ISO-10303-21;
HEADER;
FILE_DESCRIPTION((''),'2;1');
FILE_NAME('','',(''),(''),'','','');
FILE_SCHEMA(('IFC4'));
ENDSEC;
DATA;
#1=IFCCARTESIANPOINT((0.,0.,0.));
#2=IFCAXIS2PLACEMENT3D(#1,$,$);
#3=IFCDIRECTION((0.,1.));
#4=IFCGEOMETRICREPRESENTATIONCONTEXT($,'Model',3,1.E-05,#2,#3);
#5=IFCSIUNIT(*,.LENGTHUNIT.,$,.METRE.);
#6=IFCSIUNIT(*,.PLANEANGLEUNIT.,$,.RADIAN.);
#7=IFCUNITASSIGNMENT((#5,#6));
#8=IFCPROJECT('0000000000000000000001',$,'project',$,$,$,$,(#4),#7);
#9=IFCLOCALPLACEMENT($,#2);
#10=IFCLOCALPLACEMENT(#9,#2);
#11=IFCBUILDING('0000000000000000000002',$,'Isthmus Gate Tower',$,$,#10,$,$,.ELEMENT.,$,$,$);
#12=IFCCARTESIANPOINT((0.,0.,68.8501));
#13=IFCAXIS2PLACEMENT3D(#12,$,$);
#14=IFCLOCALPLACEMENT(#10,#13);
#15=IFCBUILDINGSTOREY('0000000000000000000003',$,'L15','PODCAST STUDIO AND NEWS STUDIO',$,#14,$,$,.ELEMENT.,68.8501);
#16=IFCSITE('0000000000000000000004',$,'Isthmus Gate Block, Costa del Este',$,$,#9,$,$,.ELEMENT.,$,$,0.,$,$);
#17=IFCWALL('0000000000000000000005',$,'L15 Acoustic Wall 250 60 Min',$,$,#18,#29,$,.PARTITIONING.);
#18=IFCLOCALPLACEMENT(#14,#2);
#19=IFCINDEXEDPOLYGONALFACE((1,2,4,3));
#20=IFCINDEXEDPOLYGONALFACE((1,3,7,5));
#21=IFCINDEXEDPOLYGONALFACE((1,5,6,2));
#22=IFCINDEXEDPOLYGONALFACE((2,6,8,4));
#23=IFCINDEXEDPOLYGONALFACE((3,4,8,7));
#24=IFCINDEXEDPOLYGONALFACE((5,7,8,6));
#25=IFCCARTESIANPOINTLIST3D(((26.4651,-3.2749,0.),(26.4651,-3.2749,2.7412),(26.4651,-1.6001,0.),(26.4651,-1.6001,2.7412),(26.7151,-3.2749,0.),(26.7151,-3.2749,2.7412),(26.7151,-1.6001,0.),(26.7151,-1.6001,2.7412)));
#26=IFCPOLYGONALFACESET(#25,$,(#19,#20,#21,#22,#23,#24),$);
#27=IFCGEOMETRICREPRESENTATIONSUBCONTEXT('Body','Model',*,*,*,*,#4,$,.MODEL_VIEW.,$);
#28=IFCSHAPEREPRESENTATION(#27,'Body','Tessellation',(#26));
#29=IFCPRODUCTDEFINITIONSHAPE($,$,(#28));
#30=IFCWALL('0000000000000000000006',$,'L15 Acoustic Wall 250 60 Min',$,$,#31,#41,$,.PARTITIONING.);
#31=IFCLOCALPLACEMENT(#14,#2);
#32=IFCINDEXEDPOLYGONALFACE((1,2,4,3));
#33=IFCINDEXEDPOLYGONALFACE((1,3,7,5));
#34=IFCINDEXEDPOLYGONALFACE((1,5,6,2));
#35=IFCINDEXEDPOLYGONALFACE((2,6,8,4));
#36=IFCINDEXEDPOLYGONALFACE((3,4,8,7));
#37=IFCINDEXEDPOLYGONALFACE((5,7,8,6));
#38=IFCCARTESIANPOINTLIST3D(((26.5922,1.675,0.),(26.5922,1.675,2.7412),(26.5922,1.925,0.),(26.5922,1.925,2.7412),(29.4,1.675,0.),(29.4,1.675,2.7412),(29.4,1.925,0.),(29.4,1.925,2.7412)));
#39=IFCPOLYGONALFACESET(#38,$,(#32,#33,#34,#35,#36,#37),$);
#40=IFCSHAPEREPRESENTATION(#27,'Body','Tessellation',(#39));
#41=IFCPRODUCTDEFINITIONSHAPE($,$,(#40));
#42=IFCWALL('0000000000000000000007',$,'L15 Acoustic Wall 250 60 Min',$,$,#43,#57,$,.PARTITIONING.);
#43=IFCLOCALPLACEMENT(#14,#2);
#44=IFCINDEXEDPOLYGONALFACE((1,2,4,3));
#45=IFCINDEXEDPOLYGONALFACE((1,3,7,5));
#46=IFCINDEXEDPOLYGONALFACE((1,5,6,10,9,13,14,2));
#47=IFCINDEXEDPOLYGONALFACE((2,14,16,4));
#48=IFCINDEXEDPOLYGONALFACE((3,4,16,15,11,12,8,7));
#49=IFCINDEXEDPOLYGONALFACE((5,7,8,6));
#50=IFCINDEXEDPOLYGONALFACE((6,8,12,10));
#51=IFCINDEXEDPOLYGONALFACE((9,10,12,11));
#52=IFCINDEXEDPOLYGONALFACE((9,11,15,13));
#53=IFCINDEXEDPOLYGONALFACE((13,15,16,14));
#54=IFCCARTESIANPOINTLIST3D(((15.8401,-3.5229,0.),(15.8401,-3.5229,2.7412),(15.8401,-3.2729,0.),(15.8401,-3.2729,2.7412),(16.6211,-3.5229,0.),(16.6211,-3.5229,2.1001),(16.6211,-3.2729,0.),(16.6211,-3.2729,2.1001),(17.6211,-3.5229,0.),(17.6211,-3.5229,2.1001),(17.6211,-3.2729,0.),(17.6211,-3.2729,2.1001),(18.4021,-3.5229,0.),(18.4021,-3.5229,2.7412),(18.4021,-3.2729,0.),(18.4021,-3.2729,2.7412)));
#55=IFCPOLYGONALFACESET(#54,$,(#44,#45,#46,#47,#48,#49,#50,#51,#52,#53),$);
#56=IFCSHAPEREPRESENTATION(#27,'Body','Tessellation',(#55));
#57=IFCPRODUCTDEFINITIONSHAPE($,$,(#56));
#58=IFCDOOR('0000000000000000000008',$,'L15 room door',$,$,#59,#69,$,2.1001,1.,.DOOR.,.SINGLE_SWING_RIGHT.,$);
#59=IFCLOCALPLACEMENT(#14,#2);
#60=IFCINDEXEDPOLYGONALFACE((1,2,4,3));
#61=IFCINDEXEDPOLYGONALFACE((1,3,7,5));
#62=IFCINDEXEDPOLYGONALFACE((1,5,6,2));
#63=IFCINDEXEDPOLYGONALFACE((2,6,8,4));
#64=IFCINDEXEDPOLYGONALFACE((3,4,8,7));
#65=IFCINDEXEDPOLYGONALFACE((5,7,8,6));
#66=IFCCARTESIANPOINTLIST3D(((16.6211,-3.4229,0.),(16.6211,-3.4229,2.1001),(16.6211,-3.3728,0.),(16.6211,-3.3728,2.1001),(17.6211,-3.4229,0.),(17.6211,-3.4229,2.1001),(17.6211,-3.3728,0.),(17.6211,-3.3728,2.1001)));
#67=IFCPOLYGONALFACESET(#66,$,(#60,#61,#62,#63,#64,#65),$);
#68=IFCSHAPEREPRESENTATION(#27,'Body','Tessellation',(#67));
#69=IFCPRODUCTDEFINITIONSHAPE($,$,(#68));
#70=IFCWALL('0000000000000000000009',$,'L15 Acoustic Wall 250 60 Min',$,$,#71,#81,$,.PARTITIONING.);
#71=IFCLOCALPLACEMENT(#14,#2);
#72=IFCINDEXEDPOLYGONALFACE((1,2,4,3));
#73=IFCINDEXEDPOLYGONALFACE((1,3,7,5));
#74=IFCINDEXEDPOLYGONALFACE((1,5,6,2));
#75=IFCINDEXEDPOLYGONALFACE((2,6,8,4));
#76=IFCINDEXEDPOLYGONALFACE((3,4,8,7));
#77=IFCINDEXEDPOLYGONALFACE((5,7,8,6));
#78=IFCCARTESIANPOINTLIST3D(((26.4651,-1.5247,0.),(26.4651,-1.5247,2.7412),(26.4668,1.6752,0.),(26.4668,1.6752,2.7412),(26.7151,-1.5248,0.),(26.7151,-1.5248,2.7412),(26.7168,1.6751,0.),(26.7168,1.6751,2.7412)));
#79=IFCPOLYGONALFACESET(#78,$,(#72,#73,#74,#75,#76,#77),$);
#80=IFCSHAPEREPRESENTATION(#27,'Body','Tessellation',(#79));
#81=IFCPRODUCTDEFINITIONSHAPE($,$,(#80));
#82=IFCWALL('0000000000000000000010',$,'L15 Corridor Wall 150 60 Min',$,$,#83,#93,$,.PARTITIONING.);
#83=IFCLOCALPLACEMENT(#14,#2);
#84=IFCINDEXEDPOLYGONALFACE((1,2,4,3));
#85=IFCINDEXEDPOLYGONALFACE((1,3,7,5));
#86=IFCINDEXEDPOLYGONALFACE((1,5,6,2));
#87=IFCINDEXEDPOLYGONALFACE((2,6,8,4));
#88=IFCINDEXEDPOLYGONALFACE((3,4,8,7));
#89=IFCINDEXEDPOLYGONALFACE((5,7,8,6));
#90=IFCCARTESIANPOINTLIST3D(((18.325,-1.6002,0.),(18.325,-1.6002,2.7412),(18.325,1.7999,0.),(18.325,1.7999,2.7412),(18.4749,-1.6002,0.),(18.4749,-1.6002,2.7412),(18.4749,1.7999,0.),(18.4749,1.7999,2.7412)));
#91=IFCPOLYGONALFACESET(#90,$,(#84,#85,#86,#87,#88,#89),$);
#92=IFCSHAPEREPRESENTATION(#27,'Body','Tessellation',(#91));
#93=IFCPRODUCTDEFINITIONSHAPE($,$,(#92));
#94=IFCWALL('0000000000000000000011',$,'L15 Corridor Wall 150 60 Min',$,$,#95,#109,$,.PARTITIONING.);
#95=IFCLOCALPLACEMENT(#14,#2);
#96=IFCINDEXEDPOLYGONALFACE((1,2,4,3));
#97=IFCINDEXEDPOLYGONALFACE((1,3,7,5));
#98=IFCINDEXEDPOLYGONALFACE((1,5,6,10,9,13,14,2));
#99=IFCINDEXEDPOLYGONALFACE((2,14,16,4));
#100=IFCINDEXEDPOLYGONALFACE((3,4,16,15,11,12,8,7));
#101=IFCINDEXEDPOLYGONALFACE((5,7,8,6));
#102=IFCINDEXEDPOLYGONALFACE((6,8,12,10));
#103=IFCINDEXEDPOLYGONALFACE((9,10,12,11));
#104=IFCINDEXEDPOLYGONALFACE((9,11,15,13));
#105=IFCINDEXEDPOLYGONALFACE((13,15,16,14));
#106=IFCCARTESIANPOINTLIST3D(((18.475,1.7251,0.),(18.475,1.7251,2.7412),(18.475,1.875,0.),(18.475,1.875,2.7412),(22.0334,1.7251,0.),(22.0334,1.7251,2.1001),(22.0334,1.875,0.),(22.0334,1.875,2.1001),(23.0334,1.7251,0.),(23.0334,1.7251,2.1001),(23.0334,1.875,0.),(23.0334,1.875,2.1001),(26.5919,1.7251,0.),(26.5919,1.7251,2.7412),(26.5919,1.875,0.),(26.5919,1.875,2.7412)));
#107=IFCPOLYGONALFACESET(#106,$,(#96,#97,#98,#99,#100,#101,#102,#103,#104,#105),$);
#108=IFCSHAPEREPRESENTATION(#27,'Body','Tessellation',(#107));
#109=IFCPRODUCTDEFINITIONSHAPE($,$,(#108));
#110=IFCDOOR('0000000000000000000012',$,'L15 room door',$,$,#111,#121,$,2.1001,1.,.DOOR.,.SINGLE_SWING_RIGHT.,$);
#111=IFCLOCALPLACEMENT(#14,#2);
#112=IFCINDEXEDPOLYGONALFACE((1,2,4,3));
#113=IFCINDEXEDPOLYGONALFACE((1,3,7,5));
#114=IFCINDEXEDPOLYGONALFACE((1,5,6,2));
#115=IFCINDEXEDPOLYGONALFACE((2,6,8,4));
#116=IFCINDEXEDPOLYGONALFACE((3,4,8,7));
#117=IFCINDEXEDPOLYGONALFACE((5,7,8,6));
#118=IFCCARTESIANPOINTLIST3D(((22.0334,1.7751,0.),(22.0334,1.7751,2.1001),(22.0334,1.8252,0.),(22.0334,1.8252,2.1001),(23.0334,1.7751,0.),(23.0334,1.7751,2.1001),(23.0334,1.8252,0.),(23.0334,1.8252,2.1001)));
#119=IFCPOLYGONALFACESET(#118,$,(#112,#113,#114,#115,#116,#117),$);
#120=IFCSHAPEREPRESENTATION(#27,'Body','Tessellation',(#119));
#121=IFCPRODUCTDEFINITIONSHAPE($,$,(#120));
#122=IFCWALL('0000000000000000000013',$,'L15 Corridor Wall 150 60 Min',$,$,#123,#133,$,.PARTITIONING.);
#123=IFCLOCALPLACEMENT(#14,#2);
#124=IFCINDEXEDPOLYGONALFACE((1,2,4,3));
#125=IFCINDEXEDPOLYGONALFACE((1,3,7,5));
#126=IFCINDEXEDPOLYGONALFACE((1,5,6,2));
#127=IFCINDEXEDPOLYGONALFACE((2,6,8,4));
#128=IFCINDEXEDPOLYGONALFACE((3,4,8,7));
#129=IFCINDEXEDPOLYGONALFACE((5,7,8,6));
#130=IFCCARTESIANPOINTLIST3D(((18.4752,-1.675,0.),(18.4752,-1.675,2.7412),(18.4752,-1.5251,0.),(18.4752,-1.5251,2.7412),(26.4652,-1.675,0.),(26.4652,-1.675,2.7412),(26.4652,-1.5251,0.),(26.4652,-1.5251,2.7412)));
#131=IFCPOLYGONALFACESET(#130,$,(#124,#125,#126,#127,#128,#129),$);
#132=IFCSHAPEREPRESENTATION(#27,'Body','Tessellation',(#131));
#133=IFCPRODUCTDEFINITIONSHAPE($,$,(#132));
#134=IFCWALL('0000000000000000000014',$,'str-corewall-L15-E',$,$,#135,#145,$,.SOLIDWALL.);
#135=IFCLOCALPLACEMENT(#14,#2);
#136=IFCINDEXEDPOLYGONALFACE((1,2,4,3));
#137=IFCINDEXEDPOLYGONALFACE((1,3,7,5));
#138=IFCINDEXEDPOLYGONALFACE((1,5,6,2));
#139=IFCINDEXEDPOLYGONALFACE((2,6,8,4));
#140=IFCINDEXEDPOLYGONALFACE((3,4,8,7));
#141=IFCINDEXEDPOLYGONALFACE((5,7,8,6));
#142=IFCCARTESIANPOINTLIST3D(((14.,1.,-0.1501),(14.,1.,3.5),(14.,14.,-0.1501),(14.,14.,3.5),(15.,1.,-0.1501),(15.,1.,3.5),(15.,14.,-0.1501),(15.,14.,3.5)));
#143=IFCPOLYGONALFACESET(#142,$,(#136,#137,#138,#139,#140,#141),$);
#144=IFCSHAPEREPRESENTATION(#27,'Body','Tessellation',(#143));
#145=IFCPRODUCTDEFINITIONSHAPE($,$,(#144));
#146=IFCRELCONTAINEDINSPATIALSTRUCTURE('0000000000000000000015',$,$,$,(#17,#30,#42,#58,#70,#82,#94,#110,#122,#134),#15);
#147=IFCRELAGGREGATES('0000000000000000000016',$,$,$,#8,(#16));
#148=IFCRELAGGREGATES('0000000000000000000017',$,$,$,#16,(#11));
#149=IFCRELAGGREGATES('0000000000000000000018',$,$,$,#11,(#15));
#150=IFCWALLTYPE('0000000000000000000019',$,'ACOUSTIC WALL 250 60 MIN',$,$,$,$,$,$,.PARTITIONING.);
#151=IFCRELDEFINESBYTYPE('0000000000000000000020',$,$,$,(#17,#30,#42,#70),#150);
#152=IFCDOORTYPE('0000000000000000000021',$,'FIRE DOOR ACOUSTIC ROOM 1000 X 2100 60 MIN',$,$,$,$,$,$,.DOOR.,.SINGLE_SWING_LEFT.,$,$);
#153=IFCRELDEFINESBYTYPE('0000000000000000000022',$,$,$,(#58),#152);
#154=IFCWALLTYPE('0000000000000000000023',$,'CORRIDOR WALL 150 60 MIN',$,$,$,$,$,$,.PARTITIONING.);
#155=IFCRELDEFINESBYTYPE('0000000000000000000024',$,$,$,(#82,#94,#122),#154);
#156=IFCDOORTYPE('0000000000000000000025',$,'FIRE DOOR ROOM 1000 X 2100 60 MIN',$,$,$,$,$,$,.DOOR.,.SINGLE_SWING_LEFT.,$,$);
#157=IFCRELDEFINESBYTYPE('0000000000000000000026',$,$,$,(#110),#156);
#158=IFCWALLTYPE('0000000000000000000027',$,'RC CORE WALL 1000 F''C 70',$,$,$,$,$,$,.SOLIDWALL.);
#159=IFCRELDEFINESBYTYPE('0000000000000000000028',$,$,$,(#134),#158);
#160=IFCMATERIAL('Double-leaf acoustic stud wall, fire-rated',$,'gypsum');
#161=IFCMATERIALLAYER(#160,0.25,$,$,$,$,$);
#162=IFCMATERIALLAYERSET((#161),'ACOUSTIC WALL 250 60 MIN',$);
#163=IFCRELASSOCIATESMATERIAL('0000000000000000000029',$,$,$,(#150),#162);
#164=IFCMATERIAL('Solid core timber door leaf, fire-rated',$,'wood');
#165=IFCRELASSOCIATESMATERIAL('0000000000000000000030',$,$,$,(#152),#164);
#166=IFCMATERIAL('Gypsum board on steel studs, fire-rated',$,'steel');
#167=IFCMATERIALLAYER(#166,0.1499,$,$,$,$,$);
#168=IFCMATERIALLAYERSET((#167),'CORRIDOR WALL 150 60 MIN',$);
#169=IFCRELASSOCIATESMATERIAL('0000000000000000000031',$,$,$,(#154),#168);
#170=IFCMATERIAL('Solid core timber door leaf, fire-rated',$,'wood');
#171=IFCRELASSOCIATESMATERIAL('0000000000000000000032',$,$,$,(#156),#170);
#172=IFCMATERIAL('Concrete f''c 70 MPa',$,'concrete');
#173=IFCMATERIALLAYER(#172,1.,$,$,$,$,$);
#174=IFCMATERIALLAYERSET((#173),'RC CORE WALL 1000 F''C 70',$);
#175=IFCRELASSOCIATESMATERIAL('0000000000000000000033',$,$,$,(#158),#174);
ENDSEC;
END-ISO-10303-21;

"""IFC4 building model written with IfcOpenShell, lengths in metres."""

from ifc_helpers import new_model, si_unit, direction, frame, frame_2d, origin, place, context, subcontext, project, spatial, rectangle, extrude, material, layer, layer_set, type_object, element, fill, save


model = new_model("IFC4")

# Units and contexts
model_context = context("Model", 3, precision=1e-05, world=origin(), true_north=direction((0.0, 1.0)))
body_context = subcontext(model_context, "Body", "Model", "MODEL_VIEW")
ifc_project = project(units=[si_unit("LENGTHUNIT", "METRE"), si_unit("PLANEANGLEUNIT", "RADIAN")], contexts=[model_context])

# Site, building, storey
site_placement = place(None, origin())
site = spatial("IfcSite", under=ifc_project, at=site_placement, Name="Isthmus Gate Block, Costa del Este", CompositionType="ELEMENT", RefElevation=0.0)
building_placement = place(site_placement, origin())
building = spatial("IfcBuilding", under=site, at=building_placement, Name="Isthmus Gate Tower", CompositionType="ELEMENT")
storey_placement = place(building_placement, frame((0.0, 0.0, 68.8501)))
storey = spatial("IfcBuildingStorey", under=building, at=storey_placement, Name="L15", Description="PODCAST STUDIO AND NEWS STUDIO", CompositionType="ELEMENT", Elevation=68.8501)

# Shared definitions
ifc_material_1 = material(Name="Double-leaf acoustic stud wall, fire-rated", Category="gypsum")
ifc_layer_1 = layer(ifc_material_1, 0.25)
ifc_layer_set_1 = layer_set([ifc_layer_1], Name="ACOUSTIC WALL 250 60 MIN")
wall_type_1 = type_object("IfcWallType", Name="ACOUSTIC WALL 250 60 MIN", PredefinedType="PARTITIONING", material=ifc_layer_set_1)

# Walls
wall_1_placement = place(storey_placement, frame((26.5901, -1.6001, 0.0), z_axis=(0.0, 0.0, 1.0), x_axis=(0.0, -1.0, 0.0)))
element("IfcWall", 1, at=wall_1_placement, inside=storey, type_object=wall_type_1, Name="L15 Acoustic Wall 250 60 Min", PredefinedType="PARTITIONING", context=body_context, shape_type="SweptSolid", body=[
    extrude(rectangle(XDim=1.6748, YDim=0.25, at=frame_2d((0.8374, 0.0))), origin(), (0.0, 0.0, 1.0), 2.7412),
])
wall_2_placement = place(storey_placement, frame((29.3999, 1.8, 0.0), z_axis=(0.0, 0.0, 1.0), x_axis=(-1.0, 0.0, 0.0)))
element("IfcWall", 2, at=wall_2_placement, inside=storey, type_object=wall_type_1, Name="L15 Acoustic Wall 250 60 Min", PredefinedType="PARTITIONING", context=body_context, shape_type="SweptSolid", body=[
    extrude(rectangle(XDim=2.8079, YDim=0.25, at=frame_2d((1.4038, 0.0))), origin(), (0.0, 0.0, 1.0), 2.7412),
])

# Wall, opening, door
wall_3_placement = place(storey_placement, frame((18.4021, -3.3979, 0.0), z_axis=(0.0, 0.0, 1.0), x_axis=(-1.0, 0.0, 0.0)))
wall_3 = element("IfcWall", 3, at=wall_3_placement, inside=storey, type_object=wall_type_1, Name="L15 Acoustic Wall 250 60 Min", PredefinedType="PARTITIONING", context=body_context, shape_type="SweptSolid", body=[
    extrude(rectangle(XDim=2.562, YDim=0.25, at=frame_2d((1.281, 0.0))), origin(), (0.0, 0.0, 1.0), 2.7412),
])
opening_1_placement = place(wall_3_placement, frame((0.781, 0.0, 0.0)))
opening_1 = element("IfcOpeningElement", 4, at=opening_1_placement, cuts=wall_3, PredefinedType="OPENING", context=body_context, shape_type="SweptSolid", body=[
    extrude(rectangle(XDim=1.0, YDim=2.1001, at=frame_2d((0.5, 1.05))), frame((0.0, 0.135, 0.0), z_axis=(0.0, -1.0, 0.0), x_axis=(1.0, 0.0, 0.0)), (0.0, 0.0, 1.0), 0.27),
])
ifc_material_2 = material(Name="Solid core timber door leaf, fire-rated", Category="wood")
door_type_1 = type_object("IfcDoorType", Name="FIRE DOOR ACOUSTIC ROOM 1000 X 2100 60 MIN", OperationType="SINGLE_SWING_LEFT", PredefinedType="DOOR", material=ifc_material_2)
door_1_placement = place(opening_1_placement, origin())
door_1 = element("IfcDoor", 5, at=door_1_placement, inside=storey, type_object=door_type_1, Name="L15 room door", OperationType="SINGLE_SWING_RIGHT", OverallHeight=2.1001, OverallWidth=1.0, PredefinedType="DOOR", context=body_context, shape_type="SweptSolid", body=[
    extrude(rectangle(XDim=1.0, YDim=2.1001, at=frame_2d((0.5, 1.05))), frame((0.0, 0.0249, 0.0), z_axis=(0.0, -1.0, 0.0), x_axis=(1.0, 0.0, 0.0)), (0.0, 0.0, 1.0), 0.05),
])
fill(opening_1, door_1)

# Walls
wall_4_placement = place(storey_placement, frame((26.5901, -1.5249, 0.0), z_axis=(0.0, 0.0, 1.0), x_axis=(0.000534, 1.0, 0.0)))
element("IfcWall", 6, at=wall_4_placement, inside=storey, type_object=wall_type_1, Name="L15 Acoustic Wall 250 60 Min", PredefinedType="PARTITIONING", context=body_context, shape_type="SweptSolid", body=[
    extrude(rectangle(XDim=3.2, YDim=0.25, at=frame_2d((1.6001, 0.0))), origin(), (0.0, 0.0, 1.0), 2.7412),
])
ifc_material_3 = material(Name="Gypsum board on steel studs, fire-rated", Category="steel")
ifc_layer_2 = layer(ifc_material_3, 0.1499)
ifc_layer_set_2 = layer_set([ifc_layer_2], Name="CORRIDOR WALL 150 60 MIN")
wall_type_2 = type_object("IfcWallType", Name="CORRIDOR WALL 150 60 MIN", PredefinedType="PARTITIONING", material=ifc_layer_set_2)
wall_5_placement = place(storey_placement, frame((18.3999, 1.8, 0.0), z_axis=(0.0, 0.0, 1.0), x_axis=(0.0, -1.0, 0.0)))
element("IfcWall", 7, at=wall_5_placement, inside=storey, type_object=wall_type_2, Name="L15 Corridor Wall 150 60 Min", PredefinedType="PARTITIONING", context=body_context, shape_type="SweptSolid", body=[
    extrude(rectangle(XDim=3.4001, YDim=0.1499, at=frame_2d((1.7002, 0.0))), origin(), (0.0, 0.0, 1.0), 2.7412),
])

# Wall, opening, door
wall_6_placement = place(storey_placement, frame((26.592, 1.8, 0.0), z_axis=(0.0, 0.0, 1.0), x_axis=(-1.0, 0.0, 0.0)))
wall_6 = element("IfcWall", 8, at=wall_6_placement, inside=storey, type_object=wall_type_2, Name="L15 Corridor Wall 150 60 Min", PredefinedType="PARTITIONING", context=body_context, shape_type="SweptSolid", body=[
    extrude(rectangle(XDim=8.1169, YDim=0.1499, at=frame_2d((4.0586, 0.0))), origin(), (0.0, 0.0, 1.0), 2.7412),
])
opening_2_placement = place(wall_6_placement, frame((3.5586, 0.0, 0.0)))
opening_2 = element("IfcOpeningElement", 9, at=opening_2_placement, cuts=wall_6, PredefinedType="OPENING", context=body_context, shape_type="SweptSolid", body=[
    extrude(rectangle(XDim=1.0, YDim=2.1001, at=frame_2d((0.5, 1.05))), frame((0.0, 0.085, 0.0), z_axis=(0.0, -1.0, 0.0), x_axis=(1.0, 0.0, 0.0)), (0.0, 0.0, 1.0), 0.1699),
])
ifc_material_4 = material(Name="Solid core timber door leaf, fire-rated", Category="wood")
door_type_2 = type_object("IfcDoorType", Name="FIRE DOOR ROOM 1000 X 2100 60 MIN", OperationType="SINGLE_SWING_LEFT", PredefinedType="DOOR", material=ifc_material_4)
door_2_placement = place(opening_2_placement, origin())
door_2 = element("IfcDoor", 10, at=door_2_placement, inside=storey, type_object=door_type_2, Name="L15 room door", OperationType="SINGLE_SWING_RIGHT", OverallHeight=2.1001, OverallWidth=1.0, PredefinedType="DOOR", context=body_context, shape_type="SweptSolid", body=[
    extrude(rectangle(XDim=1.0, YDim=2.1001, at=frame_2d((0.5, 1.05))), frame((0.0, 0.0249, 0.0), z_axis=(0.0, -1.0, 0.0), x_axis=(1.0, 0.0, 0.0)), (0.0, 0.0, 1.0), 0.05),
])
fill(opening_2, door_2)

# Walls
wall_7_placement = place(storey_placement, frame((18.4751, -1.6001, 0.0), z_axis=(0.0, 0.0, 1.0), x_axis=(1.0, 0.0, 0.0)))
element("IfcWall", 11, at=wall_7_placement, inside=storey, type_object=wall_type_2, Name="L15 Corridor Wall 150 60 Min", PredefinedType="PARTITIONING", context=body_context, shape_type="SweptSolid", body=[
    extrude(rectangle(XDim=7.99, YDim=0.1499, at=frame_2d((3.9951, 0.0))), origin(), (0.0, 0.0, 1.0), 2.7412),
])
ifc_material_5 = material(Name="Concrete f'c 70 MPa", Category="concrete")
ifc_layer_3 = layer(ifc_material_5, 1.0)
ifc_layer_set_3 = layer_set([ifc_layer_3], Name="RC CORE WALL 1000 F'C 70")
wall_type_3 = type_object("IfcWallType", Name="RC CORE WALL 1000 F'C 70", PredefinedType="SOLIDWALL", material=ifc_layer_set_3)
wall_8_placement = place(storey_placement, frame((14.5, 1.0, -0.1501), z_axis=(0.0, 0.0, 1.0), x_axis=(0.0, 1.0, 0.0)))
element("IfcWall", 12, at=wall_8_placement, inside=storey, type_object=wall_type_3, Name="str-corewall-L15-E", PredefinedType="SOLIDWALL", context=body_context, shape_type="SweptSolid", body=[
    extrude(rectangle(XDim=13.0, YDim=1.0, at=frame_2d((6.5, 0.0))), origin(), (0.0, 0.0, 1.0), 3.6501),
])

save(model, "model.ifc")
